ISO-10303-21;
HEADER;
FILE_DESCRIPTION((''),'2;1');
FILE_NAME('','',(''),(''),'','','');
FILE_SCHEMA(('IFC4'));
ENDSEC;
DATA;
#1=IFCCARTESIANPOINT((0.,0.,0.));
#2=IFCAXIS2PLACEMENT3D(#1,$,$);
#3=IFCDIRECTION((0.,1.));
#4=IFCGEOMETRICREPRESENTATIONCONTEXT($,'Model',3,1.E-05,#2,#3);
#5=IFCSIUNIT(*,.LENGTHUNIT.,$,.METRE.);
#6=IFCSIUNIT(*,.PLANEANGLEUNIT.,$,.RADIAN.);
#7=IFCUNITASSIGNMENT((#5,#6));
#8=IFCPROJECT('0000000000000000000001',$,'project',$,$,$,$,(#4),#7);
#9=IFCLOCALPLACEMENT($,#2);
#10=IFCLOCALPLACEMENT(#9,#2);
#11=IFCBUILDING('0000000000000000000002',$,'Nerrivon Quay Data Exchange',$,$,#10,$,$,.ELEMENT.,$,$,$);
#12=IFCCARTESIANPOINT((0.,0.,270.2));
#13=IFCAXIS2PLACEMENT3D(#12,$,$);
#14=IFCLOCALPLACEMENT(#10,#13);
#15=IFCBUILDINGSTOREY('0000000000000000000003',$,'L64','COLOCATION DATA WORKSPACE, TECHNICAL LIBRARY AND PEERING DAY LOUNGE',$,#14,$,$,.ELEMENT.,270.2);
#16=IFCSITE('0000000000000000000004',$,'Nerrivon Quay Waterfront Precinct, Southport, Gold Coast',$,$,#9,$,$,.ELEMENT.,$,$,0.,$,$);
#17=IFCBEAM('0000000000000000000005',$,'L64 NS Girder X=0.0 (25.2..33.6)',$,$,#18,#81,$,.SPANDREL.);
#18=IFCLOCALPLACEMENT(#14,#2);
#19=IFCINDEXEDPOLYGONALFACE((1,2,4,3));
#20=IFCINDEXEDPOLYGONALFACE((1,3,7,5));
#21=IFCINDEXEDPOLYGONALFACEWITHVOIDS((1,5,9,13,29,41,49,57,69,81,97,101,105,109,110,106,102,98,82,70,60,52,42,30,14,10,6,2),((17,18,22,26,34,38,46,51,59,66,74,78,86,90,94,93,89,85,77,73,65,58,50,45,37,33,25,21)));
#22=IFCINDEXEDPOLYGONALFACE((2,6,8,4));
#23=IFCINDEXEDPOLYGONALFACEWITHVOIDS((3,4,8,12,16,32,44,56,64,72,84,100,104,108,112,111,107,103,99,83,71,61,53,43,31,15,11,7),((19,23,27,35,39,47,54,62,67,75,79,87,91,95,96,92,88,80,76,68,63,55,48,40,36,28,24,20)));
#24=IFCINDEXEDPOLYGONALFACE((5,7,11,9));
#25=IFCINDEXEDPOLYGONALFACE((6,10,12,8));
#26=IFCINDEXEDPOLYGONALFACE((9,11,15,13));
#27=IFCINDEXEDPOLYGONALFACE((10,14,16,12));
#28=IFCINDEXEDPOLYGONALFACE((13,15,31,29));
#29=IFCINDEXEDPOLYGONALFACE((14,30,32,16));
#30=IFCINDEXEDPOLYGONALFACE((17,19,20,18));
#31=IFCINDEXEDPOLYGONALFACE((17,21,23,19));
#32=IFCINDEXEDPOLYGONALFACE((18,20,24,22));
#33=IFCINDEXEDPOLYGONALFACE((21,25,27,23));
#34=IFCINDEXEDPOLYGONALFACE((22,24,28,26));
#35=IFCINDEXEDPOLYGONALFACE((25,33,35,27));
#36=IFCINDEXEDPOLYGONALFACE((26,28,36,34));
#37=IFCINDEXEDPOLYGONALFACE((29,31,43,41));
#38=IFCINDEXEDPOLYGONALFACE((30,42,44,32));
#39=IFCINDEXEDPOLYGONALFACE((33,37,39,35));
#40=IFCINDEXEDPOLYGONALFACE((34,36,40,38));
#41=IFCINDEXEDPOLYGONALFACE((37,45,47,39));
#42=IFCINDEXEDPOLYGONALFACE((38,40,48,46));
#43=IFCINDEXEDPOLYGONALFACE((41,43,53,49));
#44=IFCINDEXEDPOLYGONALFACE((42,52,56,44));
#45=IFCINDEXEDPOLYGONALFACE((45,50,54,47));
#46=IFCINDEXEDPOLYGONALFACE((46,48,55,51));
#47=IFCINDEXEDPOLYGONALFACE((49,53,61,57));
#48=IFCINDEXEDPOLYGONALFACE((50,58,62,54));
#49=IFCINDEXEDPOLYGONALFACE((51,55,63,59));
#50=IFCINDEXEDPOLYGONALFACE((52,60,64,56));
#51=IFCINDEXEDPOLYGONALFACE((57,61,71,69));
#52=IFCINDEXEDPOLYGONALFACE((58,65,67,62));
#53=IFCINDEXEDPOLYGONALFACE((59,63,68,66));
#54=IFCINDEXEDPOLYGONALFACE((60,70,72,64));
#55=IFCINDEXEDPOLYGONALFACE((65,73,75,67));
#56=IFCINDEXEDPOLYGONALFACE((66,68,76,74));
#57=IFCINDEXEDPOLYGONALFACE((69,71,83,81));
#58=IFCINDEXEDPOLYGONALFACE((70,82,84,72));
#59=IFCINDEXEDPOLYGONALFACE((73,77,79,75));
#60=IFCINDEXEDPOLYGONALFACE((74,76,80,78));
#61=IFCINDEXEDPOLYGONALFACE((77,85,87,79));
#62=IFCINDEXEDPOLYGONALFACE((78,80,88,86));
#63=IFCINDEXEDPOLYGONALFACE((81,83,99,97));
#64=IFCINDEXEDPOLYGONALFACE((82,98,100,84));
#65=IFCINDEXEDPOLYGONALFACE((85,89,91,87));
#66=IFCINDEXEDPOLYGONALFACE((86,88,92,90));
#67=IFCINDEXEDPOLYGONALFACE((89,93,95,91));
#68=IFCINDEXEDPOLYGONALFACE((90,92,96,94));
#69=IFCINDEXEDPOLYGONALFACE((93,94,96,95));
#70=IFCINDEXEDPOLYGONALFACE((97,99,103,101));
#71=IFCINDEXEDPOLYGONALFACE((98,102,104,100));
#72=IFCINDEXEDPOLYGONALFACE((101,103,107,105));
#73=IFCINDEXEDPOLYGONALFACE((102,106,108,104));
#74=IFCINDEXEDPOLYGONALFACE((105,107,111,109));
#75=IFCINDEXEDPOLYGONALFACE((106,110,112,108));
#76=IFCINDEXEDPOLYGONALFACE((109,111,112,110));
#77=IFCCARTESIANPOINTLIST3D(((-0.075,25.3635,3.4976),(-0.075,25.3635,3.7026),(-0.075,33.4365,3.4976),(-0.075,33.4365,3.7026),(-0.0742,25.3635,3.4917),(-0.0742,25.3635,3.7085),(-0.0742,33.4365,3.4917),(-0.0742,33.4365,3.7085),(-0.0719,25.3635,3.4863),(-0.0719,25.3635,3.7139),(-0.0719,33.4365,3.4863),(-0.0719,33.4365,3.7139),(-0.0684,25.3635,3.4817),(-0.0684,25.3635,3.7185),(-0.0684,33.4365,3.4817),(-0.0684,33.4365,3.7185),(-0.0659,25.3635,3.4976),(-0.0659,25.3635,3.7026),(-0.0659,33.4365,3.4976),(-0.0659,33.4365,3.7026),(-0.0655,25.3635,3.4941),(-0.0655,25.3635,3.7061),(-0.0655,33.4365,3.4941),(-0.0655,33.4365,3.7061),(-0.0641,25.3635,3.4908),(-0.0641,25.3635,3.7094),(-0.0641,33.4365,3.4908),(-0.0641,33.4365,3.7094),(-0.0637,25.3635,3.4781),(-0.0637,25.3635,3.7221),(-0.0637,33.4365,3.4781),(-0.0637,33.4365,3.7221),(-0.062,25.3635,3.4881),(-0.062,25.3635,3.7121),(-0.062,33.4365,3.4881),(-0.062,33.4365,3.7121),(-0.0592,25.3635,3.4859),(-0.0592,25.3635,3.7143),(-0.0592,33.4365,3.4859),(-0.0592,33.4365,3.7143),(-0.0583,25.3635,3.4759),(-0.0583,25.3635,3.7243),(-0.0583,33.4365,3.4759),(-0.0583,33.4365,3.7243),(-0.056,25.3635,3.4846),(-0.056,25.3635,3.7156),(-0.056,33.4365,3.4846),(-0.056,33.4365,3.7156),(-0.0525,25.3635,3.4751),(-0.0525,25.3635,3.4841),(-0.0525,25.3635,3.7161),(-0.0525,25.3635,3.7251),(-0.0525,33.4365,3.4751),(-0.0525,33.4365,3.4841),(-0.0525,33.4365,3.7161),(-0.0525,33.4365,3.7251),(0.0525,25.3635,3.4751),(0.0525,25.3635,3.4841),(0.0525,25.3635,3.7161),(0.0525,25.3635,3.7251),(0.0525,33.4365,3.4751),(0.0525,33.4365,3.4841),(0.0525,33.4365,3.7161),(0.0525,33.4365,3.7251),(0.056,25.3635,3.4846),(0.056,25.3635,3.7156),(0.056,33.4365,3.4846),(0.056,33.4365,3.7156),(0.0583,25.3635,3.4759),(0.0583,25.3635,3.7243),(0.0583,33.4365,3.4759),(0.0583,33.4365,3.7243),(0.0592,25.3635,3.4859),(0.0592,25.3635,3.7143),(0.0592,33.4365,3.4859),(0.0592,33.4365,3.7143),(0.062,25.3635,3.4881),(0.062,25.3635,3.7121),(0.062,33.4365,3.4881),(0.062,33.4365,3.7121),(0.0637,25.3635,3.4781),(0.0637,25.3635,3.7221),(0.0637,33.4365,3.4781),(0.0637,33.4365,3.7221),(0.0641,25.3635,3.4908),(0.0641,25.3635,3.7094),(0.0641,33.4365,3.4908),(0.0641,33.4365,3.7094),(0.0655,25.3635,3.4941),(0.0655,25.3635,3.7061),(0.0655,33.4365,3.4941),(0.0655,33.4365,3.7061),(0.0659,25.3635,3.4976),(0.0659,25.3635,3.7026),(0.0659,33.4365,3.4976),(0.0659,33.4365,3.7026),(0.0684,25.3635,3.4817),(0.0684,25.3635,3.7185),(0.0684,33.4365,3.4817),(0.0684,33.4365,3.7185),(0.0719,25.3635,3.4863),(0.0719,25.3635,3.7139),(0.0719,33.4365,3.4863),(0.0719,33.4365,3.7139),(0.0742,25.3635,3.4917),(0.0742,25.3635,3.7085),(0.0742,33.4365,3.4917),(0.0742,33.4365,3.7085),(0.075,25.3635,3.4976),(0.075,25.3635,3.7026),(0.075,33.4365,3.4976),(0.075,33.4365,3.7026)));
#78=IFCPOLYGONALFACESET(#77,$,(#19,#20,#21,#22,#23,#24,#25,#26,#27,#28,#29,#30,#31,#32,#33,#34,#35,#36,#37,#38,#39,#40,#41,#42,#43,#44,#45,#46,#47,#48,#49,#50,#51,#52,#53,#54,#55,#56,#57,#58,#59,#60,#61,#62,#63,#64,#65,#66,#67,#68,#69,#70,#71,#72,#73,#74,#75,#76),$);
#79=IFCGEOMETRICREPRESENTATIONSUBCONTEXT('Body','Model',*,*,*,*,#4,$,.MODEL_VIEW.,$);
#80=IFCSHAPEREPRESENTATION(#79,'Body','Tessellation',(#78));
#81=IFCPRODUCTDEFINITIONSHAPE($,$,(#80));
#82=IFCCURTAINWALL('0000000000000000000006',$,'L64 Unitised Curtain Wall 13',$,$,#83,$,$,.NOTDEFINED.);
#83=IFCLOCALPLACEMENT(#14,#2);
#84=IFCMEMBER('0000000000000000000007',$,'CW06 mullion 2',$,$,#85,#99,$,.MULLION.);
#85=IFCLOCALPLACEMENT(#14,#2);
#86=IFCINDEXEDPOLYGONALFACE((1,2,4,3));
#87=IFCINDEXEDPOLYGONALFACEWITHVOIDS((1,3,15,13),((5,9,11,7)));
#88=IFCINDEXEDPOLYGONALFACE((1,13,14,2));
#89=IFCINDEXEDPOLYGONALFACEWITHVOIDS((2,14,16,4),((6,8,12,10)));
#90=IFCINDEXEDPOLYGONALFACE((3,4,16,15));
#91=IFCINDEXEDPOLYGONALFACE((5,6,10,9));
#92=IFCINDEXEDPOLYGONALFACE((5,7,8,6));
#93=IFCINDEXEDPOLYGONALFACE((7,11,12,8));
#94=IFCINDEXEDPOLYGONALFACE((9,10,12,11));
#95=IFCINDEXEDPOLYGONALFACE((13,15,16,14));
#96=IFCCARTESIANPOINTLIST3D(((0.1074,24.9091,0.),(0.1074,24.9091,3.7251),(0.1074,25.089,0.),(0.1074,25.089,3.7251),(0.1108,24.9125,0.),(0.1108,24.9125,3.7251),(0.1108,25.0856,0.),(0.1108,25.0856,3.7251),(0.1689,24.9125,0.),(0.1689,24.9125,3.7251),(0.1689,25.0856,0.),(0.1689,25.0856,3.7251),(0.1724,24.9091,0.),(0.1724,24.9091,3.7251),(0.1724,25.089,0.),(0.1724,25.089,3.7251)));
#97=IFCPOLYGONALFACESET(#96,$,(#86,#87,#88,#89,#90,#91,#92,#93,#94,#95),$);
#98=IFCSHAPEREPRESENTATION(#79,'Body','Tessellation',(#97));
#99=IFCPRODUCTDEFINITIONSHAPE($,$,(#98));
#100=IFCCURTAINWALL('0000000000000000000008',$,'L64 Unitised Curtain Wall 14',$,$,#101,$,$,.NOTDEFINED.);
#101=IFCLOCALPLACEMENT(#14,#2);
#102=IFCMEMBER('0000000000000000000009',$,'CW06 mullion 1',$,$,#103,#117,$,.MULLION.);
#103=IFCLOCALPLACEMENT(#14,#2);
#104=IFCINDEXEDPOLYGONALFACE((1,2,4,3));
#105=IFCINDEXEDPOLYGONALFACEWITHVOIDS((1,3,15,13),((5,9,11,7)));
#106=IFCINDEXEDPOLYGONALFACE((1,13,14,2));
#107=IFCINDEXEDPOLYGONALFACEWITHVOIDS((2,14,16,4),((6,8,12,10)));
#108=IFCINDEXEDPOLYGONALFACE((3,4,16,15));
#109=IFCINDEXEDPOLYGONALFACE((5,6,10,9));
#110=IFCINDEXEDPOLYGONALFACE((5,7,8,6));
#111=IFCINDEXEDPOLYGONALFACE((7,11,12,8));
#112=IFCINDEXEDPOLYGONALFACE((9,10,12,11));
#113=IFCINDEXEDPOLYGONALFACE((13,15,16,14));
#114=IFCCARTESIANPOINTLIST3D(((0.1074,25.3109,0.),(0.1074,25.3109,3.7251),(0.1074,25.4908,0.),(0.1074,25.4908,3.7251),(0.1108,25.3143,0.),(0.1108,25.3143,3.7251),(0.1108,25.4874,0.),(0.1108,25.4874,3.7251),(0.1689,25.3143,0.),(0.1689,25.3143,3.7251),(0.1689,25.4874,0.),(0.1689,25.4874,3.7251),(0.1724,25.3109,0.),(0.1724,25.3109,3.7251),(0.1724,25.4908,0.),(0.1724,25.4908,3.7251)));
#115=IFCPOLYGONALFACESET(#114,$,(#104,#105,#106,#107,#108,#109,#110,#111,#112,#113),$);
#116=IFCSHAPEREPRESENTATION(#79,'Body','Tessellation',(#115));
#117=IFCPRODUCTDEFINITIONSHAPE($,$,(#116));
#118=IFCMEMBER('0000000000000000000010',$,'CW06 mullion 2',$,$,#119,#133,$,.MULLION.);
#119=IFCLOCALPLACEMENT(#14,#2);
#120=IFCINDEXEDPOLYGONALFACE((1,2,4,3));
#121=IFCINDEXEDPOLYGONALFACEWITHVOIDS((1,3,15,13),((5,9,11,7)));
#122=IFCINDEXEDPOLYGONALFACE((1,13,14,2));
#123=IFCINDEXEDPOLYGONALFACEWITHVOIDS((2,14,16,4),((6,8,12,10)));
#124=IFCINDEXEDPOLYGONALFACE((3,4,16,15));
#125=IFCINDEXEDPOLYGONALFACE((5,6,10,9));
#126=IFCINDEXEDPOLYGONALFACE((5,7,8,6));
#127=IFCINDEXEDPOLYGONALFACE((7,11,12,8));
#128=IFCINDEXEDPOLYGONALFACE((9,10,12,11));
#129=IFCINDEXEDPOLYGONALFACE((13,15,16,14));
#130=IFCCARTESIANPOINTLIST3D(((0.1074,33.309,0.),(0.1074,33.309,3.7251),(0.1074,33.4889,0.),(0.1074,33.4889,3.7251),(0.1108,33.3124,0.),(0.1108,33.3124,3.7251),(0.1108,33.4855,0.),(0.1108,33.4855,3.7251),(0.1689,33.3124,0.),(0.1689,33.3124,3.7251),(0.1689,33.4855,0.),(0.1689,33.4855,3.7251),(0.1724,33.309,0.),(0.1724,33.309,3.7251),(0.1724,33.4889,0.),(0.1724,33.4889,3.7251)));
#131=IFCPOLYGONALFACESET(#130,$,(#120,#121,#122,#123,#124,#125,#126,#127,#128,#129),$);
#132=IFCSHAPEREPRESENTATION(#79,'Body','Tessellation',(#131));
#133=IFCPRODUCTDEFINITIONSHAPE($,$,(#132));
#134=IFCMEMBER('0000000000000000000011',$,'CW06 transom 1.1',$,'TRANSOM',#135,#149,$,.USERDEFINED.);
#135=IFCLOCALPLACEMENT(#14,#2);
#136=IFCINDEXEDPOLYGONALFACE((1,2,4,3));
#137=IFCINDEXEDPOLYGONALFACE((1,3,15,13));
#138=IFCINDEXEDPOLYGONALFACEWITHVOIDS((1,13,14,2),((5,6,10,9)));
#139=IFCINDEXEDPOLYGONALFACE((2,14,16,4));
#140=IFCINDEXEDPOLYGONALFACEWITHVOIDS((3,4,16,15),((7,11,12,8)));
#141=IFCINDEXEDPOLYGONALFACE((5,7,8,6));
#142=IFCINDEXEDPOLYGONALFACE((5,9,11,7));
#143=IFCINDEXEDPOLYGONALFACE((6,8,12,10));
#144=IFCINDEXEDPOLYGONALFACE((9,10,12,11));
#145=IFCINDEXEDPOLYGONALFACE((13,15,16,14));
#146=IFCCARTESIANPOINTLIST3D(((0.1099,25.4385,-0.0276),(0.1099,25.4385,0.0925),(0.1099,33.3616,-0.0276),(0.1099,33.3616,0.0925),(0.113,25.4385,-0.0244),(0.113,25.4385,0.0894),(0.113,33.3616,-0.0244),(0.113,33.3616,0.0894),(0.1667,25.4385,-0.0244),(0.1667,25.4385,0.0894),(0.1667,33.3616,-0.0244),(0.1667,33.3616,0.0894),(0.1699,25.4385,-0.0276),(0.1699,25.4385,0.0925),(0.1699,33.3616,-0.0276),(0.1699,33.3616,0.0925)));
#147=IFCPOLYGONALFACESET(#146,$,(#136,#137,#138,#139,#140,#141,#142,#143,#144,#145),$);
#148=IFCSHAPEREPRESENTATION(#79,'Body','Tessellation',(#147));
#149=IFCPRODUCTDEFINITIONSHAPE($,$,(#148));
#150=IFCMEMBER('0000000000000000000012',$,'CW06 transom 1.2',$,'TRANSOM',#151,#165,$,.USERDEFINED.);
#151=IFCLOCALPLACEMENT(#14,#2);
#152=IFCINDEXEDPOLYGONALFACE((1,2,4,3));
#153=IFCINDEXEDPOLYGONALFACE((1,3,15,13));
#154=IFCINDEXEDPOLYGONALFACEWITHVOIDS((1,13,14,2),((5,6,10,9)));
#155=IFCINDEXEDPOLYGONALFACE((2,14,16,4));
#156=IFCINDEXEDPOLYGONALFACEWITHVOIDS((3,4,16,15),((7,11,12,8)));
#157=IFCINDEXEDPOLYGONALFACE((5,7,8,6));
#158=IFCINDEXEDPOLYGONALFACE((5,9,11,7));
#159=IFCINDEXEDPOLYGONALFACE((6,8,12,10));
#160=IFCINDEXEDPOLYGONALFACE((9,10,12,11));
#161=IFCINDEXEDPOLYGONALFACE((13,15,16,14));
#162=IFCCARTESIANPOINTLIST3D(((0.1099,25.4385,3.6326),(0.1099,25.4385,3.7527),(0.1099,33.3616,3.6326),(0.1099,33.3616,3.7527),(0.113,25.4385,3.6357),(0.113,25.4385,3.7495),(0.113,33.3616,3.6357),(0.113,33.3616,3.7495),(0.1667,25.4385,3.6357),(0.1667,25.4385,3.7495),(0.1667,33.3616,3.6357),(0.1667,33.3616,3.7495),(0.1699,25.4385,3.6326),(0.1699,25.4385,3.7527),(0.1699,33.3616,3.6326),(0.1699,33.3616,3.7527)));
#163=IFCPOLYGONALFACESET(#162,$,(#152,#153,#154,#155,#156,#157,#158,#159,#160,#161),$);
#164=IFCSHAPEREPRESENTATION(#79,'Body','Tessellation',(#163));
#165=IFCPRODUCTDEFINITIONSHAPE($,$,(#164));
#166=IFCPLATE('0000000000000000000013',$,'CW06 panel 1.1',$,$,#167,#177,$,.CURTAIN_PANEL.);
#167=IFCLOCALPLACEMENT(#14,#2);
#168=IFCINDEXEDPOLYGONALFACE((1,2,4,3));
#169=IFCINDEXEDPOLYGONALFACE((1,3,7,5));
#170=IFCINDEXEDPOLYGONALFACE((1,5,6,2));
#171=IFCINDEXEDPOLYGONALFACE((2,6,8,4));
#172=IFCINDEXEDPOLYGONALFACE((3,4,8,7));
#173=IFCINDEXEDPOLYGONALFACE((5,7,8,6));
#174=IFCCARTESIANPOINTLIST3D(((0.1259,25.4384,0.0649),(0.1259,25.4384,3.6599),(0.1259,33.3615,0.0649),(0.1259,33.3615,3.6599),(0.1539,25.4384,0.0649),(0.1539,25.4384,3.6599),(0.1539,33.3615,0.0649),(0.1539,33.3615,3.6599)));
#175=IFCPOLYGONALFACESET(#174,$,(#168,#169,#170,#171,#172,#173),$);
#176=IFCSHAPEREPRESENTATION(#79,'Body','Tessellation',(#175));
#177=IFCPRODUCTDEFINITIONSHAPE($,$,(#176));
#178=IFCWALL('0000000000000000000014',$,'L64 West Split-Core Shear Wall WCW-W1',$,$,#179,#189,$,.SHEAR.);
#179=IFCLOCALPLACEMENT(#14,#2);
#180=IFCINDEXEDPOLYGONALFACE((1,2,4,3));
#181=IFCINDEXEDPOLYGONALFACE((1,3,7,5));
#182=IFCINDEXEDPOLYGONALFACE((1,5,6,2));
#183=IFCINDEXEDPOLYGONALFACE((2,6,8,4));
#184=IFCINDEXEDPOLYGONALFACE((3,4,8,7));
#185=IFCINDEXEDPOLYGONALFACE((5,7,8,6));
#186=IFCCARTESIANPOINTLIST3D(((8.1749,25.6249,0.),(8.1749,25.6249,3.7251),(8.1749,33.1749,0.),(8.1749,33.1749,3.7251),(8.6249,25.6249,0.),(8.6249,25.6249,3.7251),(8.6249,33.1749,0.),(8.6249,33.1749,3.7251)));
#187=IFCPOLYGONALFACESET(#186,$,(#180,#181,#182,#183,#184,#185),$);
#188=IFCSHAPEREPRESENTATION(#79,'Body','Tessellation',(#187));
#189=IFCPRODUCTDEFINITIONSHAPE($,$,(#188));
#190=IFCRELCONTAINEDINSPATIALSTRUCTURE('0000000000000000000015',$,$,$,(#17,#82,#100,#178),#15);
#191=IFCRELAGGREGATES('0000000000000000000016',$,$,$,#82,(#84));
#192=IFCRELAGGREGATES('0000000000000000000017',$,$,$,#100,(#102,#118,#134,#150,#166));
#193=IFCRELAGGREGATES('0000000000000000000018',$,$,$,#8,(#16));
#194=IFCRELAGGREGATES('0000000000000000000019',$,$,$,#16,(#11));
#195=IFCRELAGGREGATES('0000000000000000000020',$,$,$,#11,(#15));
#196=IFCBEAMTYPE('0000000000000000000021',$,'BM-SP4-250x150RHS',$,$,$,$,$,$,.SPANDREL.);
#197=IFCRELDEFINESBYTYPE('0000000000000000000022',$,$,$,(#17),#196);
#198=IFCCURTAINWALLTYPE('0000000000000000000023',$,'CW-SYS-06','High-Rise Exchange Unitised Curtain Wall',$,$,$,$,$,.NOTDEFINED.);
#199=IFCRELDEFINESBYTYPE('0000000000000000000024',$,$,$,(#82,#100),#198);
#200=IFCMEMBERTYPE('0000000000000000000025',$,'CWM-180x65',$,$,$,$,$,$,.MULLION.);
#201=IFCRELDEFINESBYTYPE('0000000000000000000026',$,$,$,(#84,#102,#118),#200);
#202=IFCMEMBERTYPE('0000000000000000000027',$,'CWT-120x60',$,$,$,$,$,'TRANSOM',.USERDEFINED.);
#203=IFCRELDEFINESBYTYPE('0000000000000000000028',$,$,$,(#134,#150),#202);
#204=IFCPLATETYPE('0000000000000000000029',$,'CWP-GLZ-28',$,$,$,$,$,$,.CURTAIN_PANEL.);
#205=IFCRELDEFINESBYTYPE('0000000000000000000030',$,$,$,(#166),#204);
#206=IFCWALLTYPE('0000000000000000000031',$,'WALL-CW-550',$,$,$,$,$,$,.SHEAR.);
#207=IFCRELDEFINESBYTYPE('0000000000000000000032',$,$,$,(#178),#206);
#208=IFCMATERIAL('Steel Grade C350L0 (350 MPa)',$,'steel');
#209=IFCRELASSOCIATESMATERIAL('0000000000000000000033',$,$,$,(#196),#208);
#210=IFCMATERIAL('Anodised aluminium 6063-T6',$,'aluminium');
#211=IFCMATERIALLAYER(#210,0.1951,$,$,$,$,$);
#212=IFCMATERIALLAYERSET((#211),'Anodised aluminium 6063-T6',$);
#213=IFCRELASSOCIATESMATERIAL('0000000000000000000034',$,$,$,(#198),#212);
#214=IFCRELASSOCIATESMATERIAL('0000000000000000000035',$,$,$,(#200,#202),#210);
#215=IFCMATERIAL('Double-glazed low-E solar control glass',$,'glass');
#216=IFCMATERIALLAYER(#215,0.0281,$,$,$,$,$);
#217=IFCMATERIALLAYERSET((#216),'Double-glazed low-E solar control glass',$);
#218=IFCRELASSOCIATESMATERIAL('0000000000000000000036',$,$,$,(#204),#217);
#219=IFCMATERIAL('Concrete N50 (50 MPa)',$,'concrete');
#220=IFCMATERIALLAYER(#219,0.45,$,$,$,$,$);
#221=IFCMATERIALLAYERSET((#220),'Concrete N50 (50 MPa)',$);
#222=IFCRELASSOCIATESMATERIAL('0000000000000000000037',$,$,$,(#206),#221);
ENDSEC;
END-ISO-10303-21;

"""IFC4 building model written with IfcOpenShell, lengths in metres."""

from ifc_helpers import new_model, si_unit, direction, frame, frame_2d, origin, origin_2d, place, context, subcontext, project, spatial, rectangle, hollow_rectangle, extrude, material, layer, layer_set, material_profile, profile_set, type_object, element, aggregate, save


model = new_model("IFC4")

# Units and contexts
model_context = context("Model", 3, precision=1e-05, world=origin(), true_north=direction((0.0, 1.0)))
body_context = subcontext(model_context, "Body", "Model", "MODEL_VIEW")
ifc_project = project(units=[si_unit("LENGTHUNIT", "METRE"), si_unit("PLANEANGLEUNIT", "RADIAN")], contexts=[model_context])

# Site, building, storey
site_placement = place(None, origin())
site = spatial("IfcSite", under=ifc_project, at=site_placement, Name="Nerrivon Quay Waterfront Precinct, Southport, Gold Coast", CompositionType="ELEMENT", RefElevation=0.0)
building_placement = place(site_placement, origin())
building = spatial("IfcBuilding", under=site, at=building_placement, Name="Nerrivon Quay Data Exchange", CompositionType="ELEMENT")
storey_placement = place(building_placement, frame((0.0, 0.0, 270.2)))
storey = spatial("IfcBuildingStorey", under=building, at=storey_placement, Name="L64", Description="COLOCATION DATA WORKSPACE, TECHNICAL LIBRARY AND PEERING DAY LOUNGE", CompositionType="ELEMENT", Elevation=270.2)

# Shared definitions
ifc_material_1 = material(Name="Concrete N50 (50 MPa)", Category="concrete")

# Beam
ifc_material_2 = material(Name="Steel Grade C350L0 (350 MPa)", Category="steel")
ifc_material_profile_1 = material_profile(ifc_material_2, hollow_rectangle(XDim=0.1499, YDim=0.25, WallThickness=0.009, InnerFilletRadius=0.0134, OuterFilletRadius=0.0225, at=origin_2d()), Name="250x150x9.0RHS")
ifc_profile_set_1 = profile_set([ifc_material_profile_1], Name="Steel Grade C350L0 (350 MPa)")
beam_type_1 = type_object("IfcBeamType", Name="BM-SP4-250x150RHS", PredefinedType="SPANDREL", material=ifc_profile_set_1)
beam_1_placement = place(storey_placement, frame((0.0, 25.3635, 3.6001), z_axis=(0.0, 1.0, 0.0), x_axis=(-1.0, 0.0, 0.0)))
element("IfcBeam", 1, at=beam_1_placement, inside=storey, type_object=beam_type_1, Name="L64 NS Girder X=0.0 (25.2..33.6)", PredefinedType="SPANDREL", context=body_context, shape_type="SweptSolid", body=[
    extrude(hollow_rectangle(XDim=0.1499, YDim=0.25, WallThickness=0.009, InnerFilletRadius=0.0134, OuterFilletRadius=0.0225, at=origin_2d()), origin(), (0.0, 0.0, 1.0), 8.073),
])

# Curtain wall, member
ifc_material_3 = material(Name="Anodised aluminium 6063-T6", Category="aluminium")
ifc_layer_1 = layer(ifc_material_3, 0.1951)
ifc_layer_set_1 = layer_set([ifc_layer_1], Name="Anodised aluminium 6063-T6")
curtain_wall_type = type_object("IfcCurtainWallType", Name="CW-SYS-06", Description="High-Rise Exchange Unitised Curtain Wall", PredefinedType="NOTDEFINED", material=ifc_layer_set_1)
curtain_wall_1_placement = place(storey_placement, origin())
curtain_wall_1 = element("IfcCurtainWall", 2, at=curtain_wall_1_placement, inside=storey, type_object=curtain_wall_type, Name="L64 Unitised Curtain Wall 13", PredefinedType="NOTDEFINED")
ifc_material_profile_2 = material_profile(ifc_material_3, hollow_rectangle(XDim=0.0649, YDim=0.1799, WallThickness=0.0034, at=origin_2d()), Name="ALU-MULL-180x65")
ifc_profile_set_2 = profile_set([ifc_material_profile_2], Name="Anodised aluminium 6063-T6")
member_type_1 = type_object("IfcMemberType", Name="CWM-180x65", PredefinedType="MULLION", material=ifc_profile_set_2)
member_1_placement = place(storey_placement, frame((0.1399, 24.999, 0.0), z_axis=(0.0, 0.0, 1.0), x_axis=(-1.0, 0.0, 0.0)))
member_1 = element("IfcMember", 3, at=member_1_placement, type_object=member_type_1, Name="CW06 mullion 2", PredefinedType="MULLION", context=body_context, shape_type="SweptSolid", body=[
    extrude(hollow_rectangle(XDim=0.0649, YDim=0.1799, WallThickness=0.0034, at=origin_2d()), origin(), (0.0, 0.0, 1.0), 3.7251),
])
aggregate(curtain_wall_1, [member_1])

# Curtain wall, members, plate
curtain_wall_2_placement = place(storey_placement, origin())
curtain_wall_2 = element("IfcCurtainWall", 4, at=curtain_wall_2_placement, inside=storey, type_object=curtain_wall_type, Name="L64 Unitised Curtain Wall 14", PredefinedType="NOTDEFINED")
member_2_placement = place(storey_placement, frame((0.1399, 25.4009, 0.0), z_axis=(0.0, 0.0, 1.0), x_axis=(-1.0, 0.0, 0.0)))
member_2 = element("IfcMember", 5, at=member_2_placement, type_object=member_type_1, Name="CW06 mullion 1", PredefinedType="MULLION", context=body_context, shape_type="SweptSolid", body=[
    extrude(hollow_rectangle(XDim=0.0649, YDim=0.1799, WallThickness=0.0034, at=origin_2d()), origin(), (0.0, 0.0, 1.0), 3.7251),
])
member_3_placement = place(storey_placement, frame((0.1399, 33.3989, 0.0), z_axis=(0.0, 0.0, 1.0), x_axis=(-1.0, 0.0, 0.0)))
member_3 = element("IfcMember", 6, at=member_3_placement, type_object=member_type_1, Name="CW06 mullion 2", PredefinedType="MULLION", context=body_context, shape_type="SweptSolid", body=[
    extrude(hollow_rectangle(XDim=0.0649, YDim=0.1799, WallThickness=0.0034, at=origin_2d()), origin(), (0.0, 0.0, 1.0), 3.7251),
])
ifc_material_profile_3 = material_profile(ifc_material_3, hollow_rectangle(XDim=0.0601, YDim=0.1201, WallThickness=0.0032, at=origin_2d()), Name="ALU-TRAN-120x60")
ifc_profile_set_3 = profile_set([ifc_material_profile_3], Name="Anodised aluminium 6063-T6")
member_type_2 = type_object("IfcMemberType", Name="CWT-120x60", ElementType="TRANSOM", PredefinedType="USERDEFINED", material=ifc_profile_set_3)
member_4_placement = place(storey_placement, frame((0.1399, 25.4385, 0.0325), z_axis=(0.0, 1.0, 0.0), x_axis=(-1.0, 0.0, 0.0)))
member_4 = element("IfcMember", 7, at=member_4_placement, type_object=member_type_2, Name="CW06 transom 1.1", ObjectType="TRANSOM", PredefinedType="USERDEFINED", context=body_context, shape_type="SweptSolid", body=[
    extrude(hollow_rectangle(XDim=0.0601, YDim=0.1201, WallThickness=0.0032, at=origin_2d()), origin(), (0.0, 0.0, 1.0), 7.9231),
])
member_5_placement = place(storey_placement, frame((0.1399, 25.4385, 3.6926), z_axis=(0.0, 1.0, 0.0), x_axis=(-1.0, 0.0, 0.0)))
member_5 = element("IfcMember", 8, at=member_5_placement, type_object=member_type_2, Name="CW06 transom 1.2", ObjectType="TRANSOM", PredefinedType="USERDEFINED", context=body_context, shape_type="SweptSolid", body=[
    extrude(hollow_rectangle(XDim=0.0601, YDim=0.1201, WallThickness=0.0032, at=origin_2d()), origin(), (0.0, 0.0, 1.0), 7.9231),
])
ifc_material_4 = material(Name="Double-glazed low-E solar control glass", Category="glass")
ifc_layer_2 = layer(ifc_material_4, 0.0281)
ifc_layer_set_2 = layer_set([ifc_layer_2], Name="Double-glazed low-E solar control glass")
plate_type = type_object("IfcPlateType", Name="CWP-GLZ-28", PredefinedType="CURTAIN_PANEL", material=ifc_layer_set_2)
plate_placement = place(storey_placement, frame((0.1399, 29.3999, 0.0649), z_axis=(0.0, 0.0, 1.0), x_axis=(0.0, 1.0, 0.0)))
plate = element("IfcPlate", 9, at=plate_placement, type_object=plate_type, Name="CW06 panel 1.1", PredefinedType="CURTAIN_PANEL", context=body_context, shape_type="SweptSolid", body=[
    extrude(rectangle(XDim=7.9231, YDim=0.0281, at=origin_2d()), origin(), (0.0, 0.0, 1.0), 3.595),
])
aggregate(curtain_wall_2, [member_2, member_3, member_4, member_5, plate])

# Wall
ifc_layer_3 = layer(ifc_material_1, 0.45)
ifc_layer_set_3 = layer_set([ifc_layer_3], Name="Concrete N50 (50 MPa)")
wall_type_1 = type_object("IfcWallType", Name="WALL-CW-550", PredefinedType="SHEAR", material=ifc_layer_set_3)
wall_1_placement = place(storey_placement, frame((8.3999, 25.625, 0.0), z_axis=(0.0, 0.0, 1.0), x_axis=(0.0, 1.0, 0.0)))
element("IfcWall", 10, at=wall_1_placement, inside=storey, type_object=wall_type_1, Name="L64 West Split-Core Shear Wall WCW-W1", PredefinedType="SHEAR", context=body_context, shape_type="SweptSolid", body=[
    extrude(rectangle(XDim=7.55, YDim=0.45, at=frame_2d((3.7749, 0.0))), origin(), (0.0, 0.0, 1.0), 3.7251),
])

save(model, "model.ifc")
